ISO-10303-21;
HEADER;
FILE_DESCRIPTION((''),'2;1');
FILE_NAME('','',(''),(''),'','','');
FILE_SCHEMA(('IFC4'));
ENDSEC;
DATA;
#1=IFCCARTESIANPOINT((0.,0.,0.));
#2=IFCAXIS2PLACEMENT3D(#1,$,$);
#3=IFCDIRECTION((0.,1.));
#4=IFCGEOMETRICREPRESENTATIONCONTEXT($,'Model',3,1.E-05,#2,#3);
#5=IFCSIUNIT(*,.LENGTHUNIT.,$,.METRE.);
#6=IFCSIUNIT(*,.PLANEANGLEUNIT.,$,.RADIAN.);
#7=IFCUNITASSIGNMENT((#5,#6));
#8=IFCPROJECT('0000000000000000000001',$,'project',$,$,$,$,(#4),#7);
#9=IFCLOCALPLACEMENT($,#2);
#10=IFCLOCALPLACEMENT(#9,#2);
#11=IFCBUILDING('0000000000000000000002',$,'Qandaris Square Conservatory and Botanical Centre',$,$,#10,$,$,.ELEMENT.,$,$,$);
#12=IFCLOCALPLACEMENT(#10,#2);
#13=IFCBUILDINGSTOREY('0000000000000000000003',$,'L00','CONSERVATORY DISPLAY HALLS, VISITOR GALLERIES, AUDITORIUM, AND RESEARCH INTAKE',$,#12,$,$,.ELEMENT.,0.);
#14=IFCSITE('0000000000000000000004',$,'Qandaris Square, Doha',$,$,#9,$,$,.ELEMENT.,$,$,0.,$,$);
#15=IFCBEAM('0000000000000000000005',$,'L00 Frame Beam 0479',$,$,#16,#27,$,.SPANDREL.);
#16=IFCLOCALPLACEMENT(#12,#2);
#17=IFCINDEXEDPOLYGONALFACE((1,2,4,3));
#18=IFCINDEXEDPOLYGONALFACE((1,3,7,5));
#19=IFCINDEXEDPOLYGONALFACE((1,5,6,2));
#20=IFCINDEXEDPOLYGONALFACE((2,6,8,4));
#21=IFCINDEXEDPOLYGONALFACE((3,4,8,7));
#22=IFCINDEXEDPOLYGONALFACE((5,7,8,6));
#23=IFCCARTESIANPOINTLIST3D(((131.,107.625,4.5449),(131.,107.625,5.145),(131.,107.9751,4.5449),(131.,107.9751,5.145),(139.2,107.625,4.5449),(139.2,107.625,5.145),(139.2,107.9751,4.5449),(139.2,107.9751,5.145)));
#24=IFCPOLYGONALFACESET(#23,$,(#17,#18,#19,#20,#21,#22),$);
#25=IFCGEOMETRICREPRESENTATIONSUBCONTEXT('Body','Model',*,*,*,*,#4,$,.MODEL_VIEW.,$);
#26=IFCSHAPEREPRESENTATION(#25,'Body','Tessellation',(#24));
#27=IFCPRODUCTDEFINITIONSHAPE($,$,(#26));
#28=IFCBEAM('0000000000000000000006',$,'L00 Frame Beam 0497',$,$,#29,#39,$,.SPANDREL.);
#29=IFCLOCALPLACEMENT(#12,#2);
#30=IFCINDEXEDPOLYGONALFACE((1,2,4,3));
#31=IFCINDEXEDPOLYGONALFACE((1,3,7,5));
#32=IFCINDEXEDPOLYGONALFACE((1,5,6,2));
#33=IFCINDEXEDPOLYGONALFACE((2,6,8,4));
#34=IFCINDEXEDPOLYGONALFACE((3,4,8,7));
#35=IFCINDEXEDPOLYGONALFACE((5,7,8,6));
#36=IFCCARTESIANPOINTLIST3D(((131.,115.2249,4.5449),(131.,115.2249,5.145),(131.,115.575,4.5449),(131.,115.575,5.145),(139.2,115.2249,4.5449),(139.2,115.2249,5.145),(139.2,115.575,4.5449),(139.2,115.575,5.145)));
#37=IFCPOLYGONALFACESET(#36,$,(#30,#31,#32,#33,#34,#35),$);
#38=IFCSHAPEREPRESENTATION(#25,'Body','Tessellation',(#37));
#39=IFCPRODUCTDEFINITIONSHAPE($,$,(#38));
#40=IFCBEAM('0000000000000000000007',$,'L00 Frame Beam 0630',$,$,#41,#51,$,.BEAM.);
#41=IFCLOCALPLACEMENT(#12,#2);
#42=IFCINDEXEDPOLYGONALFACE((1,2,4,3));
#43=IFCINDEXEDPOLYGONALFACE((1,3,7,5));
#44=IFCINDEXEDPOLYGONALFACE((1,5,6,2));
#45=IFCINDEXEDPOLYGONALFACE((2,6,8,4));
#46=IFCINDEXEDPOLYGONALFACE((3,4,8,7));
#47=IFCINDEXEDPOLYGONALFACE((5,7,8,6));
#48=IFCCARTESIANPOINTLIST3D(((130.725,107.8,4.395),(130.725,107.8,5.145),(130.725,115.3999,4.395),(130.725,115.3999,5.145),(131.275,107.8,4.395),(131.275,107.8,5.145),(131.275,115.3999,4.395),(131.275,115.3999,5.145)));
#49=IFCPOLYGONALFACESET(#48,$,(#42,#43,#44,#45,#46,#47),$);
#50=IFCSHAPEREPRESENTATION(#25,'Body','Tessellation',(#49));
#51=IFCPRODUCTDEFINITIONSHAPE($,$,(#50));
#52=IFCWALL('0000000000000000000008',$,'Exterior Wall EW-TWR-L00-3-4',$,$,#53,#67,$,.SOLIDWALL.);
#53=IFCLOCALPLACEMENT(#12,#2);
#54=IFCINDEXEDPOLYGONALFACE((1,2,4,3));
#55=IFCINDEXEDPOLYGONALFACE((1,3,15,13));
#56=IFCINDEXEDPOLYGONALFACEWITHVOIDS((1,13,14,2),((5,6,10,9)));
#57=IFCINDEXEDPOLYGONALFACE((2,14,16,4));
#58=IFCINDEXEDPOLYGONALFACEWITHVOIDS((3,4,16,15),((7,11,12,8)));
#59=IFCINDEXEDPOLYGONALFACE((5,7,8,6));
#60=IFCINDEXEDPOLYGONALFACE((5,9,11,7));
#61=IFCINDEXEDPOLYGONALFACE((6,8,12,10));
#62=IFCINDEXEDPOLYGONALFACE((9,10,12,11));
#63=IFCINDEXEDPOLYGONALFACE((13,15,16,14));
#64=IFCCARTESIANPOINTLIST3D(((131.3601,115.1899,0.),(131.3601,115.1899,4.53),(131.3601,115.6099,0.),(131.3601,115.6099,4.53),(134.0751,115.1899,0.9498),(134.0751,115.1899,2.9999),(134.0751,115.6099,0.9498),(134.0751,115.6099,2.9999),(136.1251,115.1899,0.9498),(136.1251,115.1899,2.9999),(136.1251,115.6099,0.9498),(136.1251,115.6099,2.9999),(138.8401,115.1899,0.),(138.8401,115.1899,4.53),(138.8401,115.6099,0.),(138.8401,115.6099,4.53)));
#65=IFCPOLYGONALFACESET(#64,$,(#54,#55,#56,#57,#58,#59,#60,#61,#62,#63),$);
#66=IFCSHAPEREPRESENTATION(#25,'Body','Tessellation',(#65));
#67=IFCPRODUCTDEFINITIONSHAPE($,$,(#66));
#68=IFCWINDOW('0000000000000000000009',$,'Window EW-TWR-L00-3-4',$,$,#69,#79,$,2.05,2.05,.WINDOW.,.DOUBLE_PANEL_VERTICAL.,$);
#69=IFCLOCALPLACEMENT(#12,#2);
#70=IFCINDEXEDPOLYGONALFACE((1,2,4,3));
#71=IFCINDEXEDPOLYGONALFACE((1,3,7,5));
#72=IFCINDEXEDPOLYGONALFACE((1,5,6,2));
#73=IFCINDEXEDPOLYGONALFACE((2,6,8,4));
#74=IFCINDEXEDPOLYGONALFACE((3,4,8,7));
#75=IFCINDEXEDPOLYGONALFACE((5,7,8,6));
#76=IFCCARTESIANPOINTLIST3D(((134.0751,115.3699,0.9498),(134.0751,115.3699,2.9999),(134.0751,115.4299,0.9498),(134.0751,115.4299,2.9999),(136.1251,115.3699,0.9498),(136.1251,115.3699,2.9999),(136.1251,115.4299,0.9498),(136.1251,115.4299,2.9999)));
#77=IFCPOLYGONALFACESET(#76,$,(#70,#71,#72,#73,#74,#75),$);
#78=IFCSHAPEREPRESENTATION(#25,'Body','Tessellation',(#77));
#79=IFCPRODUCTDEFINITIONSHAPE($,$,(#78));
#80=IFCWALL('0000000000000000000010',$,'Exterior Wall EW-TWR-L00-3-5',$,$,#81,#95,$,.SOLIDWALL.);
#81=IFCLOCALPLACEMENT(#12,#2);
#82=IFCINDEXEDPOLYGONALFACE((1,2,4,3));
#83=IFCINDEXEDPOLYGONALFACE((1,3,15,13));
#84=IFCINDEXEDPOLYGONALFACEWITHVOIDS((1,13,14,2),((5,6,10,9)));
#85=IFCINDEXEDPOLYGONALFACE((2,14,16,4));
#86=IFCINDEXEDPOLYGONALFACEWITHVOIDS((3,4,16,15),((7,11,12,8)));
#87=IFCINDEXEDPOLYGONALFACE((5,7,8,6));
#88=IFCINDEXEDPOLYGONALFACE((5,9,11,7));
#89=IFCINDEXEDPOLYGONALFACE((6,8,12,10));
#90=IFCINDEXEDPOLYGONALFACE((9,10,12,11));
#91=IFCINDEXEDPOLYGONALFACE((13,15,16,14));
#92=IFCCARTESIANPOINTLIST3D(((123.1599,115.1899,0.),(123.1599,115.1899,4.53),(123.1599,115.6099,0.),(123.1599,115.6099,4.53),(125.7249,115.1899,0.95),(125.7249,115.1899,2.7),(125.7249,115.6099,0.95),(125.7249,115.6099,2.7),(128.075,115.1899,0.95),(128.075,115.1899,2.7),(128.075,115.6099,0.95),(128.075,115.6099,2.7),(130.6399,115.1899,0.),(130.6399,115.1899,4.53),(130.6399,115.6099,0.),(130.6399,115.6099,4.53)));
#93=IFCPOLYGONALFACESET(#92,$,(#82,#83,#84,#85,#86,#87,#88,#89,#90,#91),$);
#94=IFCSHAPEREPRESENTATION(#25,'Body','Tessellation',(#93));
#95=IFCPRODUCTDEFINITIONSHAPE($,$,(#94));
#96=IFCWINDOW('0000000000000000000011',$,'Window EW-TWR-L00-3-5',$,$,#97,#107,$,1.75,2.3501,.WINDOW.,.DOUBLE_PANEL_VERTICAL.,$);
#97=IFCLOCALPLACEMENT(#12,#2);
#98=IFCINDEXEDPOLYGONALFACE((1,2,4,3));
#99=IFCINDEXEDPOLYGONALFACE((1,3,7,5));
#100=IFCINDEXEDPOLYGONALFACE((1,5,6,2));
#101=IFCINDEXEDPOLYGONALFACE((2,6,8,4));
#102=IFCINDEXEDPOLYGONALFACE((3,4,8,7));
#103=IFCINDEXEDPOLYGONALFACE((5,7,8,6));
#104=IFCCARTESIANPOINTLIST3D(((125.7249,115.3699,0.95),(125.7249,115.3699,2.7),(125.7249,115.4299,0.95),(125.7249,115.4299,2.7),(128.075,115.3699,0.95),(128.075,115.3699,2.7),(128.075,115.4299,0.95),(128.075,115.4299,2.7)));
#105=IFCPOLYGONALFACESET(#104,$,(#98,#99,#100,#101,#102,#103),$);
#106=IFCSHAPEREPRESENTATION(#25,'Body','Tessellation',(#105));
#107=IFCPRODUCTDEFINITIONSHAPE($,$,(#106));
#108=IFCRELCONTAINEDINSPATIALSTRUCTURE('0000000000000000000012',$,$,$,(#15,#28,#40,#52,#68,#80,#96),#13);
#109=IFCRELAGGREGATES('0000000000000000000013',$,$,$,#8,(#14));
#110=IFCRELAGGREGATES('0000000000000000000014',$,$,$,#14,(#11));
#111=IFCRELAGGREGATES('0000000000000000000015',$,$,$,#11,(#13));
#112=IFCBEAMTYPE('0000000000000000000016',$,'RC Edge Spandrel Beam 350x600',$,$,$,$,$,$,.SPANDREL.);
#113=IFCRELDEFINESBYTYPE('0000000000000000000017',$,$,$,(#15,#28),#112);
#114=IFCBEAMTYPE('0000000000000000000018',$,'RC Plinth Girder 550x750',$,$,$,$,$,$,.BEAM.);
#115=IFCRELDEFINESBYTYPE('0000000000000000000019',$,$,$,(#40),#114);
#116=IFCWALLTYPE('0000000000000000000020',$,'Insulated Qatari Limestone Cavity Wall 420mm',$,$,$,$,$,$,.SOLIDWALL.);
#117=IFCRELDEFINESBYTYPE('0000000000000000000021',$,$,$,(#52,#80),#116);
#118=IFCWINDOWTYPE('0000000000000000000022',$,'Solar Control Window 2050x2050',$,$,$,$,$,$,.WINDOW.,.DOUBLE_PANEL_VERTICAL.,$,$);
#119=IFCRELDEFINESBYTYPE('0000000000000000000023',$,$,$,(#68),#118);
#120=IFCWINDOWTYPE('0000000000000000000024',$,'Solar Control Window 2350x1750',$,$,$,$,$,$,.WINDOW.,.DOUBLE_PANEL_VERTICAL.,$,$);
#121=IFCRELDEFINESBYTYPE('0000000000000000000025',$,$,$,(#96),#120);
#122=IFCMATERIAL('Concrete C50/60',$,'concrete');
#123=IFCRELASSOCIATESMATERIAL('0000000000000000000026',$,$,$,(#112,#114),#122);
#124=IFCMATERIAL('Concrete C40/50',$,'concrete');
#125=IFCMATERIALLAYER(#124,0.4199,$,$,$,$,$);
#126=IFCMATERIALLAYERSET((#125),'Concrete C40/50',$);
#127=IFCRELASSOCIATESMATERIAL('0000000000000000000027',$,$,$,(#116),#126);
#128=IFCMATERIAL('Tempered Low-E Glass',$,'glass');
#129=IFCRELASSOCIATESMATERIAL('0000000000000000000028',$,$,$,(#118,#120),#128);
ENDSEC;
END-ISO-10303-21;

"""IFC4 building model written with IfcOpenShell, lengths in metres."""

from ifc_helpers import new_model, si_unit, direction, frame, frame_2d, origin, origin_2d, place, context, subcontext, project, spatial, rectangle, extrude, material, layer, layer_set, material_profile, profile_set, type_object, element, fill, save


model = new_model("IFC4")

# Units and contexts
model_context = context("Model", 3, precision=1e-05, world=origin(), true_north=direction((0.0, 1.0)))
body_context = subcontext(model_context, "Body", "Model", "MODEL_VIEW")
ifc_project = project(units=[si_unit("LENGTHUNIT", "METRE"), si_unit("PLANEANGLEUNIT", "RADIAN")], contexts=[model_context])

# Site, building, storey
site_placement = place(None, origin())
site = spatial("IfcSite", under=ifc_project, at=site_placement, Name="Qandaris Square, Doha", CompositionType="ELEMENT", RefElevation=0.0)
building_placement = place(site_placement, origin())
building = spatial("IfcBuilding", under=site, at=building_placement, Name="Qandaris Square Conservatory and Botanical Centre", CompositionType="ELEMENT")
storey_placement = place(building_placement, origin())
storey = spatial("IfcBuildingStorey", under=building, at=storey_placement, Name="L00", Description="CONSERVATORY DISPLAY HALLS, VISITOR GALLERIES, AUDITORIUM, AND RESEARCH INTAKE", CompositionType="ELEMENT", Elevation=0.0)

# Shared definitions
ifc_material_1 = material(Name="Concrete C50/60", Category="concrete")

# Shared definitions
ifc_material_2 = material(Name="Concrete C40/50", Category="concrete")

# Beams
ifc_material_profile_1 = material_profile(ifc_material_1, rectangle(XDim=0.3501, YDim=0.6001, at=origin_2d()), Name="RC-SP 350x600")
ifc_profile_set_1 = profile_set([ifc_material_profile_1], Name="Concrete C50/60")
beam_type_1 = type_object("IfcBeamType", Name="RC Edge Spandrel Beam 350x600", PredefinedType="SPANDREL", material=ifc_profile_set_1)
for number, where, z_axis, x_axis, name in (
    (1, (131.0, 107.8, 4.845), (1.0, 0.0, 0.0), (0.0, 1.0, 0.0), "L00 Frame Beam 0479"),
    (2, (131.0, 115.3999, 4.845), (1.0, 0.0, 0.0), (0.0, 1.0, 0.0), "L00 Frame Beam 0497"),
):
    element("IfcBeam", number, at=place(storey_placement, frame(where, z_axis=z_axis, x_axis=x_axis)), inside=storey, type_object=beam_type_1, Name=name, PredefinedType="SPANDREL", context=body_context, shape_type="SweptSolid", body=[
        extrude(rectangle(XDim=0.3501, YDim=0.6001, at=origin_2d()), origin(), (0.0, 0.0, 1.0), 8.2),
    ])
ifc_material_profile_2 = material_profile(ifc_material_1, rectangle(XDim=0.55, YDim=0.75, at=origin_2d()), Name="RC-BM 550x750")
ifc_profile_set_2 = profile_set([ifc_material_profile_2], Name="Concrete C50/60")
beam_type_2 = type_object("IfcBeamType", Name="RC Plinth Girder 550x750", PredefinedType="BEAM", material=ifc_profile_set_2)
beam_1_placement = place(storey_placement, frame((131.0, 107.8, 4.77), z_axis=(0.0, 1.0, 0.0), x_axis=(-1.0, 0.0, 0.0)))
element("IfcBeam", 3, at=beam_1_placement, inside=storey, type_object=beam_type_2, Name="L00 Frame Beam 0630", PredefinedType="BEAM", context=body_context, shape_type="SweptSolid", body=[
    extrude(rectangle(XDim=0.55, YDim=0.75, at=origin_2d()), origin(), (0.0, 0.0, 1.0), 7.5999),
])

# Walls, openings, windows
ifc_layer = layer(ifc_material_2, 0.4199)
ifc_layer_set = layer_set([ifc_layer], Name="Concrete C40/50")
wall_type = type_object("IfcWallType", Name="Insulated Qatari Limestone Cavity Wall 420mm", PredefinedType="SOLIDWALL", material=ifc_layer_set)
wall_1_placement = place(storey_placement, frame((138.8401, 115.3999, 0.0), z_axis=(0.0, 0.0, 1.0), x_axis=(-1.0, 0.0, 0.0)))
wall_1 = element("IfcWall", 4, at=wall_1_placement, inside=storey, type_object=wall_type, Name="Exterior Wall EW-TWR-L00-3-4", PredefinedType="SOLIDWALL", context=body_context, shape_type="SweptSolid", body=[
    extrude(rectangle(XDim=7.48, YDim=0.4199, at=frame_2d((3.74, 0.0))), origin(), (0.0, 0.0, 1.0), 4.53),
])
opening_1_placement = place(wall_1_placement, frame((2.7151, 0.0, 0.95)))
opening_1 = element("IfcOpeningElement", 5, at=opening_1_placement, cuts=wall_1, PredefinedType="OPENING", context=body_context, shape_type="SweptSolid", body=[
    extrude(rectangle(XDim=2.05, YDim=2.05, at=frame_2d((1.0249, 1.0249))), frame((0.0, 0.2219, 0.0), z_axis=(0.0, -1.0, 0.0), x_axis=(1.0, 0.0, 0.0)), (0.0, 0.0, 1.0), 0.4438),
])
ifc_material_3 = material(Name="Tempered Low-E Glass", Category="glass")
window_type_1 = type_object("IfcWindowType", Name="Solar Control Window 2050x2050", PartitioningType="DOUBLE_PANEL_VERTICAL", PredefinedType="WINDOW", material=ifc_material_3)
window_1_placement = place(opening_1_placement, origin())
window_1 = element("IfcWindow", 6, at=window_1_placement, inside=storey, type_object=window_type_1, Name="Window EW-TWR-L00-3-4", OverallHeight=2.05, OverallWidth=2.05, PartitioningType="DOUBLE_PANEL_VERTICAL", PredefinedType="WINDOW", context=body_context, shape_type="SweptSolid", body=[
    extrude(rectangle(XDim=2.05, YDim=2.05, at=frame_2d((1.0249, 1.0249))), frame((0.0, 0.03, 0.0), z_axis=(0.0, -1.0, 0.0), x_axis=(1.0, 0.0, 0.0)), (0.0, 0.0, 1.0), 0.0601),
])
fill(opening_1, window_1)
wall_2_placement = place(storey_placement, frame((130.6399, 115.3999, 0.0), z_axis=(0.0, 0.0, 1.0), x_axis=(-1.0, 0.0, 0.0)))
wall_2 = element("IfcWall", 7, at=wall_2_placement, inside=storey, type_object=wall_type, Name="Exterior Wall EW-TWR-L00-3-5", PredefinedType="SOLIDWALL", context=body_context, shape_type="SweptSolid", body=[
    extrude(rectangle(XDim=7.48, YDim=0.4199, at=frame_2d((3.74, 0.0))), origin(), (0.0, 0.0, 1.0), 4.53),
])
opening_2_placement = place(wall_2_placement, frame((2.5649, 0.0, 0.95)))
opening_2 = element("IfcOpeningElement", 8, at=opening_2_placement, cuts=wall_2, PredefinedType="OPENING", context=body_context, shape_type="SweptSolid", body=[
    extrude(rectangle(XDim=2.3501, YDim=1.75, at=frame_2d((1.175, 0.875))), frame((0.0, 0.2219, 0.0), z_axis=(0.0, -1.0, 0.0), x_axis=(1.0, 0.0, 0.0)), (0.0, 0.0, 1.0), 0.4438),
])
window_type_2 = type_object("IfcWindowType", Name="Solar Control Window 2350x1750", PartitioningType="DOUBLE_PANEL_VERTICAL", PredefinedType="WINDOW", material=ifc_material_3)
window_2_placement = place(opening_2_placement, origin())
window_2 = element("IfcWindow", 9, at=window_2_placement, inside=storey, type_object=window_type_2, Name="Window EW-TWR-L00-3-5", OverallHeight=1.75, OverallWidth=2.3501, PartitioningType="DOUBLE_PANEL_VERTICAL", PredefinedType="WINDOW", context=body_context, shape_type="SweptSolid", body=[
    extrude(rectangle(XDim=2.3501, YDim=1.75, at=frame_2d((1.175, 0.875))), frame((0.0, 0.03, 0.0), z_axis=(0.0, -1.0, 0.0), x_axis=(1.0, 0.0, 0.0)), (0.0, 0.0, 1.0), 0.0601),
])
fill(opening_2, window_2)

save(model, "model.ifc")
